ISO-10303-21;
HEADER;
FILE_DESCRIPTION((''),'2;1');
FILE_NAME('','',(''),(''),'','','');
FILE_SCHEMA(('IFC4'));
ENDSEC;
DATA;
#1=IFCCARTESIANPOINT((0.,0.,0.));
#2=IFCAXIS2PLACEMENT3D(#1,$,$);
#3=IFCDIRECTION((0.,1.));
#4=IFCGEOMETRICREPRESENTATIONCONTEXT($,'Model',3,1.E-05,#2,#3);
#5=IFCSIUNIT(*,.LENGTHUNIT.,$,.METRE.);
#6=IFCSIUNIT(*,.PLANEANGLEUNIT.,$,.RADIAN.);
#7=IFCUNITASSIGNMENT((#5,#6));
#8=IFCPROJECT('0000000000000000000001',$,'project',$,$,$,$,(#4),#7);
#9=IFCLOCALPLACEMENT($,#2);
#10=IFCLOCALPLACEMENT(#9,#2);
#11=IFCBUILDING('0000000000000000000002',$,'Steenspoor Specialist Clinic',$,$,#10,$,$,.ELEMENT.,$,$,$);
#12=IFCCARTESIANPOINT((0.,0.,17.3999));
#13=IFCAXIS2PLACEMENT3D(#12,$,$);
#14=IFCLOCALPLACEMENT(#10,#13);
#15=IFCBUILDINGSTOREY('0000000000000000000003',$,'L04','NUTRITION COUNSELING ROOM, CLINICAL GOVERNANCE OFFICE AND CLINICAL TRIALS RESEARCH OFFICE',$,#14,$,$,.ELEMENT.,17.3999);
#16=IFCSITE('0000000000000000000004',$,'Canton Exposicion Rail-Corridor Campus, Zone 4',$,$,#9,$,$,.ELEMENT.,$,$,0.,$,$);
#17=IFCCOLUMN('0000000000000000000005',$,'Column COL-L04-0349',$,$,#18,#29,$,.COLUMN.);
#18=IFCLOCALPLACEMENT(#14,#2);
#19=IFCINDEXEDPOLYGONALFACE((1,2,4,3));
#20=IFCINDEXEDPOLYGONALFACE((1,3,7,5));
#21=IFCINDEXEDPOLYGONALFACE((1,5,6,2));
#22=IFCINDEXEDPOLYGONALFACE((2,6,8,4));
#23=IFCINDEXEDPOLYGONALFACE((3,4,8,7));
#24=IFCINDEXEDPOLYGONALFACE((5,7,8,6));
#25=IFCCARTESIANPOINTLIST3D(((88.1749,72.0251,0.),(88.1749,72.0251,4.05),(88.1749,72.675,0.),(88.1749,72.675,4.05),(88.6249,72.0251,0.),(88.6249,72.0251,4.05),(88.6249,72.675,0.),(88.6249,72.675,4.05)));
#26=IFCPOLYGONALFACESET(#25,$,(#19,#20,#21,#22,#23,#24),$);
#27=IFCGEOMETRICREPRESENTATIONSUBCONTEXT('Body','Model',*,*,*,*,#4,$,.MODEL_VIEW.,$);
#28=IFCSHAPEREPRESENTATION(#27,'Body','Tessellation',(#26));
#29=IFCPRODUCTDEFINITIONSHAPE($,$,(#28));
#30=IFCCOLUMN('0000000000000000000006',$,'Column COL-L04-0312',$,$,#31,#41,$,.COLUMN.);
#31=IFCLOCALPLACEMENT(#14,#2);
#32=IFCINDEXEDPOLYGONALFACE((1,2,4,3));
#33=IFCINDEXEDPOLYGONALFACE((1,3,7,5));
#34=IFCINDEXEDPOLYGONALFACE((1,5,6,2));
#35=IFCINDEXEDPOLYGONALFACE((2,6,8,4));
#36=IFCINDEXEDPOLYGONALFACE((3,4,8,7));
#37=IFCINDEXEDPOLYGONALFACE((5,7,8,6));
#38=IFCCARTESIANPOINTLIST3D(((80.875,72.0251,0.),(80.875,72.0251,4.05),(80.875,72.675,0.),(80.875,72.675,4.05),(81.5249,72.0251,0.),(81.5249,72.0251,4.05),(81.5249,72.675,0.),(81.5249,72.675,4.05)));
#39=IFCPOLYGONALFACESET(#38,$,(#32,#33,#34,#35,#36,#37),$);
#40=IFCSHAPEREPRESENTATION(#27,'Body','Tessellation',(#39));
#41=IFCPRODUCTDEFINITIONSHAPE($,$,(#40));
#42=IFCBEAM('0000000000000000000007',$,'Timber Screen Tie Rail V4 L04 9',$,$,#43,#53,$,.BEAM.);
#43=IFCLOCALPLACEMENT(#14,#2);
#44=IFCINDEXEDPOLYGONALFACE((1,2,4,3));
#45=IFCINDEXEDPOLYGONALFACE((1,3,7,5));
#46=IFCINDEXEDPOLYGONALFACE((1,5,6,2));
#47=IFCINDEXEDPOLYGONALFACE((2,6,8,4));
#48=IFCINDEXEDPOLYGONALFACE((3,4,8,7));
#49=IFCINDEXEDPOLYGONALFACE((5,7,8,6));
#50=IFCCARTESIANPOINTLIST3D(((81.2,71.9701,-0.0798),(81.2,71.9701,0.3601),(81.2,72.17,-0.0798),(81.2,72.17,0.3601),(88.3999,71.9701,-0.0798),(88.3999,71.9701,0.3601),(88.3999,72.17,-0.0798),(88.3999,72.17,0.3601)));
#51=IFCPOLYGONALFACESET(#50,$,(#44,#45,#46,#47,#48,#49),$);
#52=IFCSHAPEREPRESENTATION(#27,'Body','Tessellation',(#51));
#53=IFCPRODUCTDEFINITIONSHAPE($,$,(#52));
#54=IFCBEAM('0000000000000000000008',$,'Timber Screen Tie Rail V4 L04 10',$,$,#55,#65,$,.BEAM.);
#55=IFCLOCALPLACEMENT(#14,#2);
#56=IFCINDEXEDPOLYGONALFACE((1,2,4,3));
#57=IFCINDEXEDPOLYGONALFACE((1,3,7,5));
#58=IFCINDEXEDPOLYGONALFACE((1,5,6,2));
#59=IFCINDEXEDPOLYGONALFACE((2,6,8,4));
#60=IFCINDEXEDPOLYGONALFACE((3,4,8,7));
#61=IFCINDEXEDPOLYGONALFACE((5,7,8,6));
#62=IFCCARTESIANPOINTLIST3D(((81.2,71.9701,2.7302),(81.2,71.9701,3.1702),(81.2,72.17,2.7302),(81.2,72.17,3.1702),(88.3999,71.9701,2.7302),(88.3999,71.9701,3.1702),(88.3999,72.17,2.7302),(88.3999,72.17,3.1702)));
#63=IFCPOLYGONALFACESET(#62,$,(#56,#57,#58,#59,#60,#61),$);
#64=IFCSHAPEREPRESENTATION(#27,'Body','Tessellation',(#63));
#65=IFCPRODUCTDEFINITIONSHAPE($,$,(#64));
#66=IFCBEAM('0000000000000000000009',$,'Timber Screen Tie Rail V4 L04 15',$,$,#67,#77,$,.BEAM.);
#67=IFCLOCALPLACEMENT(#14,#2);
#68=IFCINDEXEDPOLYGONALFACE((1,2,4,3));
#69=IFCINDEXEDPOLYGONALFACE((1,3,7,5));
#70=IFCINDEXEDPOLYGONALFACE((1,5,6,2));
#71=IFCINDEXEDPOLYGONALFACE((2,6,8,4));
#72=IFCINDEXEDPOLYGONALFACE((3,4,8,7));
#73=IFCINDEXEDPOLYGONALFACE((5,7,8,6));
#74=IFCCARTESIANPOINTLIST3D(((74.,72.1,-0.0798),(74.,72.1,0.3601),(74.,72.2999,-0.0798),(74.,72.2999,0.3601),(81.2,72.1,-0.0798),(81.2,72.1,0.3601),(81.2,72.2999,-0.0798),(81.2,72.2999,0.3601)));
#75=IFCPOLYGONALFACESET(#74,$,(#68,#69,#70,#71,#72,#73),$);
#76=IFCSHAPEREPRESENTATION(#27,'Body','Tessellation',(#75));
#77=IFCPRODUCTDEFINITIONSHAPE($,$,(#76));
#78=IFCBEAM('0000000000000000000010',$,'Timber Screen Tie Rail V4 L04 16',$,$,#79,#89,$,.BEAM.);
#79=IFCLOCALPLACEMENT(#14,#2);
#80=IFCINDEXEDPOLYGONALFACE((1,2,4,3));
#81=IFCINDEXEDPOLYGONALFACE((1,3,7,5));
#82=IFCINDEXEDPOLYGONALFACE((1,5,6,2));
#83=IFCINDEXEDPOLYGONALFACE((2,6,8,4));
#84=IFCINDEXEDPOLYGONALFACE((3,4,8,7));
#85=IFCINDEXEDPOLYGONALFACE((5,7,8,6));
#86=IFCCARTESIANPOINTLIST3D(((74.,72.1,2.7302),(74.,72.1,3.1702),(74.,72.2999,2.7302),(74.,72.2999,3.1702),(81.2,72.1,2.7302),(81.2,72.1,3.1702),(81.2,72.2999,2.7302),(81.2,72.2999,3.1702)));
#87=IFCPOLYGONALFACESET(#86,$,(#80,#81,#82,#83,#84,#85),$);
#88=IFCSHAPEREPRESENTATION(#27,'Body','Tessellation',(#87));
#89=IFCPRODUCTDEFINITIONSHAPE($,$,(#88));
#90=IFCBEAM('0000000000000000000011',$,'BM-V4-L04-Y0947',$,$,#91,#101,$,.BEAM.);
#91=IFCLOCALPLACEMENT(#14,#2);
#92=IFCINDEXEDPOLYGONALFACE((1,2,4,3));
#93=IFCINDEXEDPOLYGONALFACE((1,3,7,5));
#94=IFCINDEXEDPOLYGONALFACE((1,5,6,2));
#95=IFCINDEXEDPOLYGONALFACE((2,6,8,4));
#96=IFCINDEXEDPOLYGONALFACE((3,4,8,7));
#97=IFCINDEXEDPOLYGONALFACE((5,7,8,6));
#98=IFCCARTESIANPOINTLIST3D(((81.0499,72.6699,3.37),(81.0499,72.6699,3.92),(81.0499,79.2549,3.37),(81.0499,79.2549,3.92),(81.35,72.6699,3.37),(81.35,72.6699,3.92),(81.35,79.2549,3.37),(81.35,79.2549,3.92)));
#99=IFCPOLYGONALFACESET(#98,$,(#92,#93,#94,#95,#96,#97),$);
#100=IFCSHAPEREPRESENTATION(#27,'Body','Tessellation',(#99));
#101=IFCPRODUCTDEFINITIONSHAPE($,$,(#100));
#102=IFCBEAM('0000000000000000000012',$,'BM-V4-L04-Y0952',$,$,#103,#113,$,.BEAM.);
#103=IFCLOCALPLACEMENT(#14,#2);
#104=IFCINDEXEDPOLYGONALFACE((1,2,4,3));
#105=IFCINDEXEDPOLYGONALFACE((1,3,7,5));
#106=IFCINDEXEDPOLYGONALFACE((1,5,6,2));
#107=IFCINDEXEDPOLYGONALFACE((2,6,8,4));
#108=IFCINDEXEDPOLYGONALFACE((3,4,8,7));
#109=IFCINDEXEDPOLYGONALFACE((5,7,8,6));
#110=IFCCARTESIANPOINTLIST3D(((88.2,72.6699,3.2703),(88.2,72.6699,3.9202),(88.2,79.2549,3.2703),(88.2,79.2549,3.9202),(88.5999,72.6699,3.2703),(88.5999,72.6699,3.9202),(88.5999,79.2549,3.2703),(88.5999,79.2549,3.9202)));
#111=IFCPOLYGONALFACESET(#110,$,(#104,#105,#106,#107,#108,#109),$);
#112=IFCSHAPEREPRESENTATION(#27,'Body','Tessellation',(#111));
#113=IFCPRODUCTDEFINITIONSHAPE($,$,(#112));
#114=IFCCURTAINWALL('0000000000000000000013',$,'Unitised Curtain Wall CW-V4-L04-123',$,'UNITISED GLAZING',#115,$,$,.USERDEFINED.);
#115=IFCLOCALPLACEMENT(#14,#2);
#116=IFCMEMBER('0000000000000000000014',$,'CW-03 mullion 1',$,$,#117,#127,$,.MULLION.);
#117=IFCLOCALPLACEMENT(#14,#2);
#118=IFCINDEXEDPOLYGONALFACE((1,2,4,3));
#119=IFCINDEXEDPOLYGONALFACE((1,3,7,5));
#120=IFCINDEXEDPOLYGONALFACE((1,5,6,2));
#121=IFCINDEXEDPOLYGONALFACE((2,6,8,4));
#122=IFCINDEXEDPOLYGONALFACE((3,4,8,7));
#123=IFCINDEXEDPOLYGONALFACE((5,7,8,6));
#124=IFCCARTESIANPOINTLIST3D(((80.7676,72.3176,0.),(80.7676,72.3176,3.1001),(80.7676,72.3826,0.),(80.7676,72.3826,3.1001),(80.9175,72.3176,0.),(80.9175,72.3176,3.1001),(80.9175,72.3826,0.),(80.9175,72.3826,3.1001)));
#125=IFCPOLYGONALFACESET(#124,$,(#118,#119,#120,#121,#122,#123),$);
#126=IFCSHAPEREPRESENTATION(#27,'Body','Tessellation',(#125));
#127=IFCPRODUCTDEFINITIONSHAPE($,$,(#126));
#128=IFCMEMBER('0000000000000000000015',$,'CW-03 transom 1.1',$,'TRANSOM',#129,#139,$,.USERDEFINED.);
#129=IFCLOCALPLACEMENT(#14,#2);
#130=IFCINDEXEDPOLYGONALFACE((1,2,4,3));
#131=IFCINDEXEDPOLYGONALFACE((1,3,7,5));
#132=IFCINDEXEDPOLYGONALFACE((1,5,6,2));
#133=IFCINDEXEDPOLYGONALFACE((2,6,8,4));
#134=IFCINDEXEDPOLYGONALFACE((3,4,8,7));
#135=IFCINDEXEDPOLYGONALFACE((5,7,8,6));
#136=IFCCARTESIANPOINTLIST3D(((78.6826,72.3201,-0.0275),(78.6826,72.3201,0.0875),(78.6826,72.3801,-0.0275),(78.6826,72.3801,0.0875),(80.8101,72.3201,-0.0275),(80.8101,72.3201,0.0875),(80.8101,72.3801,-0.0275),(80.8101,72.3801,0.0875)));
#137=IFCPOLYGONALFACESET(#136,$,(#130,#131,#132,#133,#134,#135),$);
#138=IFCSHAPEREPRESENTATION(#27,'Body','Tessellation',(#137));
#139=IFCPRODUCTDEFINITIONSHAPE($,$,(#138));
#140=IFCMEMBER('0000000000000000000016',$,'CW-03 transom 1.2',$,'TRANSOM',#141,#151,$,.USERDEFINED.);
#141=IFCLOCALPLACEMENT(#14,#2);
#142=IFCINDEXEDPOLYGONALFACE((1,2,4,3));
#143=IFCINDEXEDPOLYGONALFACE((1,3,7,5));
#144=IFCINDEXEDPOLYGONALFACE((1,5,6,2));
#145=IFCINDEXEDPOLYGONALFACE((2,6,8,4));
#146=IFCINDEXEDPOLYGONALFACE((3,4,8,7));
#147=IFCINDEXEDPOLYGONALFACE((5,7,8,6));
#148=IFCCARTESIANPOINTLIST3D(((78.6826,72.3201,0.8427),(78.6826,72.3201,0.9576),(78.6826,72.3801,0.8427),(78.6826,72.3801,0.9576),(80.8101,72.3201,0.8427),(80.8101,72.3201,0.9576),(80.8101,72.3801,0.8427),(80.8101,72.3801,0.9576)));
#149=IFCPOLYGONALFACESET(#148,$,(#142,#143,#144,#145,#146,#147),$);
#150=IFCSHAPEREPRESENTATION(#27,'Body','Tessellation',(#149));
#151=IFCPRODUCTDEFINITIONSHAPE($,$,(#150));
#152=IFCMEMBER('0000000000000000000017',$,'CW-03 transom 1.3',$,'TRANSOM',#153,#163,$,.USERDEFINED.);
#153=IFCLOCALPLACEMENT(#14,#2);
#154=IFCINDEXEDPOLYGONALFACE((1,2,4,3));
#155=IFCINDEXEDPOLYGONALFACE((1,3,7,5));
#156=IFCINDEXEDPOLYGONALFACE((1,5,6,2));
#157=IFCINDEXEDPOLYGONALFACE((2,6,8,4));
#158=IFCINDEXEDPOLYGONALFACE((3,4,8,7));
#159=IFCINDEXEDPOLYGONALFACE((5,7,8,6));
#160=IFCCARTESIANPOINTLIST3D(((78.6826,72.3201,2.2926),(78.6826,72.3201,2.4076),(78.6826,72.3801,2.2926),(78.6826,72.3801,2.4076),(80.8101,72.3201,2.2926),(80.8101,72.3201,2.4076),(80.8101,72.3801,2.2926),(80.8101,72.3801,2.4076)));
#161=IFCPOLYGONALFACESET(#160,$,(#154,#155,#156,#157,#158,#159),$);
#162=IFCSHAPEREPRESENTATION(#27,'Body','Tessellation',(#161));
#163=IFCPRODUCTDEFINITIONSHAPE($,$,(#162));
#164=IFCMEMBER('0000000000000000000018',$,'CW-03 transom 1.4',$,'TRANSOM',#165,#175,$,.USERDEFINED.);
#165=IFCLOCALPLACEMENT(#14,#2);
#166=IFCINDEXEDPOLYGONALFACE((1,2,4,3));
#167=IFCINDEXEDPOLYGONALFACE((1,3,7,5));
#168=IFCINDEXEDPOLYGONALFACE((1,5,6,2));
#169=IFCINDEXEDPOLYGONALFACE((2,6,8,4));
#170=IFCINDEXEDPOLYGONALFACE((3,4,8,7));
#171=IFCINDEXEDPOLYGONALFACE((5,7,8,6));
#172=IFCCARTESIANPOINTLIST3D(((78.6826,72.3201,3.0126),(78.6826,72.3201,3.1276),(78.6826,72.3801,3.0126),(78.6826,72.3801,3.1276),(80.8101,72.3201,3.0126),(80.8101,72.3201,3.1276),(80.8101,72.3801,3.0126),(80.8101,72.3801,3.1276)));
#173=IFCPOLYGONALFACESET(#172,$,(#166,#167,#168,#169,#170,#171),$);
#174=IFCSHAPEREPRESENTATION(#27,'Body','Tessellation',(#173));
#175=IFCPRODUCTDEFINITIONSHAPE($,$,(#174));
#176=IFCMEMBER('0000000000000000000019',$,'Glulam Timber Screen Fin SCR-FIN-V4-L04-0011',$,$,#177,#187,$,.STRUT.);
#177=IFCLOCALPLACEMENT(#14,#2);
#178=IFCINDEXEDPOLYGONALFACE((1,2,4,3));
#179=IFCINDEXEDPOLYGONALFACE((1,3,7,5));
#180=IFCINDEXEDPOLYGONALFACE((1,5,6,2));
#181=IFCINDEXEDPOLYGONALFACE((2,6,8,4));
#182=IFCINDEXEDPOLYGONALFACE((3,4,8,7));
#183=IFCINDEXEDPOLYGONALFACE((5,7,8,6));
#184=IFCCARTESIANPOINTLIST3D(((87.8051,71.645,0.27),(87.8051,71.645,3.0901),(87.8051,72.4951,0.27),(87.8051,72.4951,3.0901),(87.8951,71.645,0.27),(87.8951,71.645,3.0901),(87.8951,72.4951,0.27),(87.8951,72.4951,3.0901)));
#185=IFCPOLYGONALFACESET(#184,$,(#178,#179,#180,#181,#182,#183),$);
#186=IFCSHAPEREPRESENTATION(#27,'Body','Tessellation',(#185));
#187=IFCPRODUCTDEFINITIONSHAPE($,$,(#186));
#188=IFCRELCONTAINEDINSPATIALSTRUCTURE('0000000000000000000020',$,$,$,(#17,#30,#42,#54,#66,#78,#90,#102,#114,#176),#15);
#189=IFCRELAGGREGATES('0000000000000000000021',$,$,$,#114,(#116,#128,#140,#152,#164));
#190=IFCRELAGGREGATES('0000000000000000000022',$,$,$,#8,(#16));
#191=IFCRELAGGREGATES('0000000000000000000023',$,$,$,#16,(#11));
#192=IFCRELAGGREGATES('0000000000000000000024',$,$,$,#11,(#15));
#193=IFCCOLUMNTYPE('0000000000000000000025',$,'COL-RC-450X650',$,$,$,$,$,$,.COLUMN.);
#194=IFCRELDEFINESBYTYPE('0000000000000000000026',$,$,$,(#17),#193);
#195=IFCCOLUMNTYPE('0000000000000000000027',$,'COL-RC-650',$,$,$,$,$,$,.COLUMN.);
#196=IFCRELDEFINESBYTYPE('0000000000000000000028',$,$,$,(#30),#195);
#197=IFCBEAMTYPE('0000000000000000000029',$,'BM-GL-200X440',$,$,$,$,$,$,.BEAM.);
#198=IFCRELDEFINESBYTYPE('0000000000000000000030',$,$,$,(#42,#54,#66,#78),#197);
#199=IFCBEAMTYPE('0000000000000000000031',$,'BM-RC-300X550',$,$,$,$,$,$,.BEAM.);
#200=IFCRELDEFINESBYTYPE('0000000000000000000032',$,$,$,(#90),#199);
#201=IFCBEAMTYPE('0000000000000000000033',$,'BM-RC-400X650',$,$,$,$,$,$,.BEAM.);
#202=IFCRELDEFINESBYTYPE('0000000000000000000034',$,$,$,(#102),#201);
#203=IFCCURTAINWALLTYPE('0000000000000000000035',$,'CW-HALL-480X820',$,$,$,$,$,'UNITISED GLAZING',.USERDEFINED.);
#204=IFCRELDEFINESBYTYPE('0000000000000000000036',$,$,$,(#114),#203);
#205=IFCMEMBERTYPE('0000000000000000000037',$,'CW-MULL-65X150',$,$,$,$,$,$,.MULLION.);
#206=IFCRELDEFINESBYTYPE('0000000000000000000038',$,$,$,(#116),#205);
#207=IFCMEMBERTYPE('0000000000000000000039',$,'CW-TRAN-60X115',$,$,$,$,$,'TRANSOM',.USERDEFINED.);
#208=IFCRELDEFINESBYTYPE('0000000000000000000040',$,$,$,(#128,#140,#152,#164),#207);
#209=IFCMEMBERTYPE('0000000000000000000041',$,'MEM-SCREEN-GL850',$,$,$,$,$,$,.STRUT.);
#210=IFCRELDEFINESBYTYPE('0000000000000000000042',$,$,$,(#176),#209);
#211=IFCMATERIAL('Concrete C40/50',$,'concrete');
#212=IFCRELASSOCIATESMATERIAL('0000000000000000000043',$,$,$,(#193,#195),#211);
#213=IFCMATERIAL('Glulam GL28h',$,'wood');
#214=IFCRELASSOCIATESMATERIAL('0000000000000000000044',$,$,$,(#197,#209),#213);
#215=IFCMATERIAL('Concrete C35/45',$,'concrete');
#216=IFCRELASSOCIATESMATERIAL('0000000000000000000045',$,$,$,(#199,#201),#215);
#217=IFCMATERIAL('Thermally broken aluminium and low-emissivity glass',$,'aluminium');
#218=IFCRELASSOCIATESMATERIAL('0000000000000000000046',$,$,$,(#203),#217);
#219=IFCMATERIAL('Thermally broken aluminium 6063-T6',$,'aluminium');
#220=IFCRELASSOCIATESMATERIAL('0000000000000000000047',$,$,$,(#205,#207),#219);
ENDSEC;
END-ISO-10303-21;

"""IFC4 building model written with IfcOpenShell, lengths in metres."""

from ifc_helpers import new_model, si_unit, direction, frame, origin, origin_2d, place, context, subcontext, project, spatial, rectangle, extrude, material, material_profile, profile_set, type_object, element, aggregate, save


model = new_model("IFC4")

# Units and contexts
model_context = context("Model", 3, precision=1e-05, world=origin(), true_north=direction((0.0, 1.0)))
body_context = subcontext(model_context, "Body", "Model", "MODEL_VIEW")
ifc_project = project(units=[si_unit("LENGTHUNIT", "METRE"), si_unit("PLANEANGLEUNIT", "RADIAN")], contexts=[model_context])

# Site, building, storey
site_placement = place(None, origin())
site = spatial("IfcSite", under=ifc_project, at=site_placement, Name="Canton Exposicion Rail-Corridor Campus, Zone 4", CompositionType="ELEMENT", RefElevation=0.0)
building_placement = place(site_placement, origin())
building = spatial("IfcBuilding", under=site, at=building_placement, Name="Steenspoor Specialist Clinic", CompositionType="ELEMENT")
storey_placement = place(building_placement, frame((0.0, 0.0, 17.3999)))
storey = spatial("IfcBuildingStorey", under=building, at=storey_placement, Name="L04", Description="NUTRITION COUNSELING ROOM, CLINICAL GOVERNANCE OFFICE AND CLINICAL TRIALS RESEARCH OFFICE", CompositionType="ELEMENT", Elevation=17.3999)

# Columns
ifc_material_1 = material(Name="Concrete C40/50", Category="concrete")
ifc_material_profile_1 = material_profile(ifc_material_1, rectangle(XDim=0.45, YDim=0.6499, at=origin_2d()), Name="RC-COL-450X650")
ifc_profile_set_1 = profile_set([ifc_material_profile_1], Name="Concrete C40/50")
column_type_1 = type_object("IfcColumnType", Name="COL-RC-450X650", PredefinedType="COLUMN", material=ifc_profile_set_1)
column_1_placement = place(storey_placement, frame((88.3999, 72.3501, 0.0), z_axis=(0.0, 0.0, 1.0), x_axis=(1.0, 0.0, 0.0)))
element("IfcColumn", 1, at=column_1_placement, inside=storey, type_object=column_type_1, Name="Column COL-L04-0349", PredefinedType="COLUMN", context=body_context, shape_type="SweptSolid", body=[
    extrude(rectangle(XDim=0.45, YDim=0.6499, at=origin_2d()), origin(), (0.0, 0.0, 1.0), 4.05),
])
ifc_material_profile_2 = material_profile(ifc_material_1, rectangle(XDim=0.6499, YDim=0.6499, at=origin_2d()), Name="RC-COL-650X650")
ifc_profile_set_2 = profile_set([ifc_material_profile_2], Name="Concrete C40/50")
column_type_2 = type_object("IfcColumnType", Name="COL-RC-650", PredefinedType="COLUMN", material=ifc_profile_set_2)
column_2_placement = place(storey_placement, frame((81.2, 72.3501, 0.0), z_axis=(0.0, 0.0, 1.0), x_axis=(1.0, 0.0, 0.0)))
element("IfcColumn", 2, at=column_2_placement, inside=storey, type_object=column_type_2, Name="Column COL-L04-0312", PredefinedType="COLUMN", context=body_context, shape_type="SweptSolid", body=[
    extrude(rectangle(XDim=0.6499, YDim=0.6499, at=origin_2d()), origin(), (0.0, 0.0, 1.0), 4.05),
])

# Beams
ifc_material_2 = material(Name="Glulam GL28h", Category="wood")
ifc_material_profile_3 = material_profile(ifc_material_2, rectangle(XDim=0.2, YDim=0.4399, at=origin_2d()), Name="GL28H-200X440")
ifc_profile_set_3 = profile_set([ifc_material_profile_3], Name="Glulam GL28h")
beam_type_1 = type_object("IfcBeamType", Name="BM-GL-200X440", PredefinedType="BEAM", material=ifc_profile_set_3)
for number, where, z_axis, x_axis, name in (
    (3, (88.3999, 72.0701, 0.1401), (-1.0, 0.0, 0.0), (0.0, -1.0, 0.0), "Timber Screen Tie Rail V4 L04 9"),
    (4, (88.3999, 72.0701, 2.9502), (-1.0, 0.0, 0.0), (0.0, -1.0, 0.0), "Timber Screen Tie Rail V4 L04 10"),
    (5, (81.2, 72.2, 0.1401), (-1.0, 0.0, 0.0), (0.0, -1.0, 0.0), "Timber Screen Tie Rail V4 L04 15"),
    (6, (81.2, 72.2, 2.9502), (-1.0, 0.0, 0.0), (0.0, -1.0, 0.0), "Timber Screen Tie Rail V4 L04 16"),
):
    element("IfcBeam", number, at=place(storey_placement, frame(where, z_axis=z_axis, x_axis=x_axis)), inside=storey, type_object=beam_type_1, Name=name, PredefinedType="BEAM", context=body_context, shape_type="SweptSolid", body=[
        extrude(rectangle(XDim=0.2, YDim=0.4399, at=origin_2d()), origin(), (0.0, 0.0, 1.0), 7.2),
    ])
ifc_material_3 = material(Name="Concrete C35/45", Category="concrete")
ifc_material_profile_4 = material_profile(ifc_material_3, rectangle(XDim=0.3, YDim=0.55, at=origin_2d()), Name="RC-BM-300X550")
ifc_profile_set_4 = profile_set([ifc_material_profile_4], Name="Concrete C35/45")
beam_type_2 = type_object("IfcBeamType", Name="BM-RC-300X550", PredefinedType="BEAM", material=ifc_profile_set_4)
beam_1_placement = place(storey_placement, frame((81.2, 72.6699, 3.645), z_axis=(0.0, 1.0, 0.0), x_axis=(-1.0, 0.0, 0.0)))
element("IfcBeam", 7, at=beam_1_placement, inside=storey, type_object=beam_type_2, Name="BM-V4-L04-Y0947", PredefinedType="BEAM", context=body_context, shape_type="SweptSolid", body=[
    extrude(rectangle(XDim=0.3, YDim=0.55, at=origin_2d()), origin(), (0.0, 0.0, 1.0), 6.585),
])
ifc_material_profile_5 = material_profile(ifc_material_3, rectangle(XDim=0.3999, YDim=0.6499, at=origin_2d()), Name="RC-BM-400X650")
ifc_profile_set_5 = profile_set([ifc_material_profile_5], Name="Concrete C35/45")
beam_type_3 = type_object("IfcBeamType", Name="BM-RC-400X650", PredefinedType="BEAM", material=ifc_profile_set_5)
beam_2_placement = place(storey_placement, frame((88.3999, 72.6699, 3.5952), z_axis=(0.0, 1.0, 0.0), x_axis=(-1.0, 0.0, 0.0)))
element("IfcBeam", 8, at=beam_2_placement, inside=storey, type_object=beam_type_3, Name="BM-V4-L04-Y0952", PredefinedType="BEAM", context=body_context, shape_type="SweptSolid", body=[
    extrude(rectangle(XDim=0.3999, YDim=0.6499, at=origin_2d()), origin(), (0.0, 0.0, 1.0), 6.585),
])

# Curtain wall, members
ifc_material_4 = material(Name="Thermally broken aluminium and low-emissivity glass", Category="aluminium")
curtain_wall_type = type_object("IfcCurtainWallType", Name="CW-HALL-480X820", ElementType="UNITISED GLAZING", PredefinedType="USERDEFINED", material=ifc_material_4)
curtain_wall_placement = place(storey_placement, origin())
curtain_wall = element("IfcCurtainWall", 9, at=curtain_wall_placement, inside=storey, type_object=curtain_wall_type, Name="Unitised Curtain Wall CW-V4-L04-123", ObjectType="UNITISED GLAZING", PredefinedType="USERDEFINED")
ifc_material_5 = material(Name="Thermally broken aluminium 6063-T6", Category="aluminium")
ifc_material_profile_6 = material_profile(ifc_material_5, rectangle(XDim=0.0649, YDim=0.1499, at=origin_2d()), Name="CWM-65X150")
ifc_profile_set_6 = profile_set([ifc_material_profile_6], Name="Thermally broken aluminium 6063-T6")
member_type_1 = type_object("IfcMemberType", Name="CW-MULL-65X150", PredefinedType="MULLION", material=ifc_profile_set_6)
member_1_placement = place(storey_placement, frame((80.8425, 72.3501, 0.0), z_axis=(0.0, 0.0, 1.0), x_axis=(0.0, -1.0, 0.0)))
member_1 = element("IfcMember", 10, at=member_1_placement, type_object=member_type_1, Name="CW-03 mullion 1", PredefinedType="MULLION", context=body_context, shape_type="SweptSolid", body=[
    extrude(rectangle(XDim=0.0649, YDim=0.1499, at=origin_2d()), origin(), (0.0, 0.0, 1.0), 3.1001),
])
ifc_material_profile_7 = material_profile(ifc_material_5, rectangle(XDim=0.0601, YDim=0.115, at=origin_2d()), Name="CWT-60X115")
ifc_profile_set_7 = profile_set([ifc_material_profile_7], Name="Thermally broken aluminium 6063-T6")
member_type_2 = type_object("IfcMemberType", Name="CW-TRAN-60X115", ElementType="TRANSOM", PredefinedType="USERDEFINED", material=ifc_profile_set_7)
member_2_placement = place(storey_placement, frame((80.8101, 72.3501, 0.03), z_axis=(-1.0, 0.0, 0.0), x_axis=(0.0, -1.0, 0.0)))
member_2 = element("IfcMember", 11, at=member_2_placement, type_object=member_type_2, Name="CW-03 transom 1.1", ObjectType="TRANSOM", PredefinedType="USERDEFINED", context=body_context, shape_type="SweptSolid", body=[
    extrude(rectangle(XDim=0.0601, YDim=0.115, at=origin_2d()), origin(), (0.0, 0.0, 1.0), 2.1274),
])
member_3_placement = place(storey_placement, frame((80.8101, 72.3501, 0.9001), z_axis=(-1.0, 0.0, 0.0), x_axis=(0.0, -1.0, 0.0)))
member_3 = element("IfcMember", 12, at=member_3_placement, type_object=member_type_2, Name="CW-03 transom 1.2", ObjectType="TRANSOM", PredefinedType="USERDEFINED", context=body_context, shape_type="SweptSolid", body=[
    extrude(rectangle(XDim=0.0601, YDim=0.115, at=origin_2d()), origin(), (0.0, 0.0, 1.0), 2.1274),
])
member_4_placement = place(storey_placement, frame((80.8101, 72.3501, 2.3501), z_axis=(-1.0, 0.0, 0.0), x_axis=(0.0, -1.0, 0.0)))
member_4 = element("IfcMember", 13, at=member_4_placement, type_object=member_type_2, Name="CW-03 transom 1.3", ObjectType="TRANSOM", PredefinedType="USERDEFINED", context=body_context, shape_type="SweptSolid", body=[
    extrude(rectangle(XDim=0.0601, YDim=0.115, at=origin_2d()), origin(), (0.0, 0.0, 1.0), 2.1274),
])
member_5_placement = place(storey_placement, frame((80.8101, 72.3501, 3.0701), z_axis=(-1.0, 0.0, 0.0), x_axis=(0.0, -1.0, 0.0)))
member_5 = element("IfcMember", 14, at=member_5_placement, type_object=member_type_2, Name="CW-03 transom 1.4", ObjectType="TRANSOM", PredefinedType="USERDEFINED", context=body_context, shape_type="SweptSolid", body=[
    extrude(rectangle(XDim=0.0601, YDim=0.115, at=origin_2d()), origin(), (0.0, 0.0, 1.0), 2.1274),
])
aggregate(curtain_wall, [member_1, member_2, member_3, member_4, member_5])

# Member
ifc_material_profile_8 = material_profile(ifc_material_2, rectangle(XDim=0.0901, YDim=0.8501, at=origin_2d()), Name="GL28H-90X850")
ifc_profile_set_8 = profile_set([ifc_material_profile_8], Name="Glulam GL28h")
member_type_3 = type_object("IfcMemberType", Name="MEM-SCREEN-GL850", PredefinedType="STRUT", material=ifc_profile_set_8)
for number, where, z_axis, x_axis, name in (
    (15, (87.8501, 72.0701, 0.27), (0.0, 0.0, 1.0), (-1.0, 0.0, 0.0), "Glulam Timber Screen Fin SCR-FIN-V4-L04-0011"),
):
    element("IfcMember", number, at=place(storey_placement, frame(where, z_axis=z_axis, x_axis=x_axis)), inside=storey, type_object=member_type_3, Name=name, PredefinedType="STRUT", context=body_context, shape_type="SweptSolid", body=[
        extrude(rectangle(XDim=0.0901, YDim=0.8501, at=origin_2d()), origin(), (0.0, 0.0, 1.0), 2.8201),
    ])

save(model, "model.ifc")
